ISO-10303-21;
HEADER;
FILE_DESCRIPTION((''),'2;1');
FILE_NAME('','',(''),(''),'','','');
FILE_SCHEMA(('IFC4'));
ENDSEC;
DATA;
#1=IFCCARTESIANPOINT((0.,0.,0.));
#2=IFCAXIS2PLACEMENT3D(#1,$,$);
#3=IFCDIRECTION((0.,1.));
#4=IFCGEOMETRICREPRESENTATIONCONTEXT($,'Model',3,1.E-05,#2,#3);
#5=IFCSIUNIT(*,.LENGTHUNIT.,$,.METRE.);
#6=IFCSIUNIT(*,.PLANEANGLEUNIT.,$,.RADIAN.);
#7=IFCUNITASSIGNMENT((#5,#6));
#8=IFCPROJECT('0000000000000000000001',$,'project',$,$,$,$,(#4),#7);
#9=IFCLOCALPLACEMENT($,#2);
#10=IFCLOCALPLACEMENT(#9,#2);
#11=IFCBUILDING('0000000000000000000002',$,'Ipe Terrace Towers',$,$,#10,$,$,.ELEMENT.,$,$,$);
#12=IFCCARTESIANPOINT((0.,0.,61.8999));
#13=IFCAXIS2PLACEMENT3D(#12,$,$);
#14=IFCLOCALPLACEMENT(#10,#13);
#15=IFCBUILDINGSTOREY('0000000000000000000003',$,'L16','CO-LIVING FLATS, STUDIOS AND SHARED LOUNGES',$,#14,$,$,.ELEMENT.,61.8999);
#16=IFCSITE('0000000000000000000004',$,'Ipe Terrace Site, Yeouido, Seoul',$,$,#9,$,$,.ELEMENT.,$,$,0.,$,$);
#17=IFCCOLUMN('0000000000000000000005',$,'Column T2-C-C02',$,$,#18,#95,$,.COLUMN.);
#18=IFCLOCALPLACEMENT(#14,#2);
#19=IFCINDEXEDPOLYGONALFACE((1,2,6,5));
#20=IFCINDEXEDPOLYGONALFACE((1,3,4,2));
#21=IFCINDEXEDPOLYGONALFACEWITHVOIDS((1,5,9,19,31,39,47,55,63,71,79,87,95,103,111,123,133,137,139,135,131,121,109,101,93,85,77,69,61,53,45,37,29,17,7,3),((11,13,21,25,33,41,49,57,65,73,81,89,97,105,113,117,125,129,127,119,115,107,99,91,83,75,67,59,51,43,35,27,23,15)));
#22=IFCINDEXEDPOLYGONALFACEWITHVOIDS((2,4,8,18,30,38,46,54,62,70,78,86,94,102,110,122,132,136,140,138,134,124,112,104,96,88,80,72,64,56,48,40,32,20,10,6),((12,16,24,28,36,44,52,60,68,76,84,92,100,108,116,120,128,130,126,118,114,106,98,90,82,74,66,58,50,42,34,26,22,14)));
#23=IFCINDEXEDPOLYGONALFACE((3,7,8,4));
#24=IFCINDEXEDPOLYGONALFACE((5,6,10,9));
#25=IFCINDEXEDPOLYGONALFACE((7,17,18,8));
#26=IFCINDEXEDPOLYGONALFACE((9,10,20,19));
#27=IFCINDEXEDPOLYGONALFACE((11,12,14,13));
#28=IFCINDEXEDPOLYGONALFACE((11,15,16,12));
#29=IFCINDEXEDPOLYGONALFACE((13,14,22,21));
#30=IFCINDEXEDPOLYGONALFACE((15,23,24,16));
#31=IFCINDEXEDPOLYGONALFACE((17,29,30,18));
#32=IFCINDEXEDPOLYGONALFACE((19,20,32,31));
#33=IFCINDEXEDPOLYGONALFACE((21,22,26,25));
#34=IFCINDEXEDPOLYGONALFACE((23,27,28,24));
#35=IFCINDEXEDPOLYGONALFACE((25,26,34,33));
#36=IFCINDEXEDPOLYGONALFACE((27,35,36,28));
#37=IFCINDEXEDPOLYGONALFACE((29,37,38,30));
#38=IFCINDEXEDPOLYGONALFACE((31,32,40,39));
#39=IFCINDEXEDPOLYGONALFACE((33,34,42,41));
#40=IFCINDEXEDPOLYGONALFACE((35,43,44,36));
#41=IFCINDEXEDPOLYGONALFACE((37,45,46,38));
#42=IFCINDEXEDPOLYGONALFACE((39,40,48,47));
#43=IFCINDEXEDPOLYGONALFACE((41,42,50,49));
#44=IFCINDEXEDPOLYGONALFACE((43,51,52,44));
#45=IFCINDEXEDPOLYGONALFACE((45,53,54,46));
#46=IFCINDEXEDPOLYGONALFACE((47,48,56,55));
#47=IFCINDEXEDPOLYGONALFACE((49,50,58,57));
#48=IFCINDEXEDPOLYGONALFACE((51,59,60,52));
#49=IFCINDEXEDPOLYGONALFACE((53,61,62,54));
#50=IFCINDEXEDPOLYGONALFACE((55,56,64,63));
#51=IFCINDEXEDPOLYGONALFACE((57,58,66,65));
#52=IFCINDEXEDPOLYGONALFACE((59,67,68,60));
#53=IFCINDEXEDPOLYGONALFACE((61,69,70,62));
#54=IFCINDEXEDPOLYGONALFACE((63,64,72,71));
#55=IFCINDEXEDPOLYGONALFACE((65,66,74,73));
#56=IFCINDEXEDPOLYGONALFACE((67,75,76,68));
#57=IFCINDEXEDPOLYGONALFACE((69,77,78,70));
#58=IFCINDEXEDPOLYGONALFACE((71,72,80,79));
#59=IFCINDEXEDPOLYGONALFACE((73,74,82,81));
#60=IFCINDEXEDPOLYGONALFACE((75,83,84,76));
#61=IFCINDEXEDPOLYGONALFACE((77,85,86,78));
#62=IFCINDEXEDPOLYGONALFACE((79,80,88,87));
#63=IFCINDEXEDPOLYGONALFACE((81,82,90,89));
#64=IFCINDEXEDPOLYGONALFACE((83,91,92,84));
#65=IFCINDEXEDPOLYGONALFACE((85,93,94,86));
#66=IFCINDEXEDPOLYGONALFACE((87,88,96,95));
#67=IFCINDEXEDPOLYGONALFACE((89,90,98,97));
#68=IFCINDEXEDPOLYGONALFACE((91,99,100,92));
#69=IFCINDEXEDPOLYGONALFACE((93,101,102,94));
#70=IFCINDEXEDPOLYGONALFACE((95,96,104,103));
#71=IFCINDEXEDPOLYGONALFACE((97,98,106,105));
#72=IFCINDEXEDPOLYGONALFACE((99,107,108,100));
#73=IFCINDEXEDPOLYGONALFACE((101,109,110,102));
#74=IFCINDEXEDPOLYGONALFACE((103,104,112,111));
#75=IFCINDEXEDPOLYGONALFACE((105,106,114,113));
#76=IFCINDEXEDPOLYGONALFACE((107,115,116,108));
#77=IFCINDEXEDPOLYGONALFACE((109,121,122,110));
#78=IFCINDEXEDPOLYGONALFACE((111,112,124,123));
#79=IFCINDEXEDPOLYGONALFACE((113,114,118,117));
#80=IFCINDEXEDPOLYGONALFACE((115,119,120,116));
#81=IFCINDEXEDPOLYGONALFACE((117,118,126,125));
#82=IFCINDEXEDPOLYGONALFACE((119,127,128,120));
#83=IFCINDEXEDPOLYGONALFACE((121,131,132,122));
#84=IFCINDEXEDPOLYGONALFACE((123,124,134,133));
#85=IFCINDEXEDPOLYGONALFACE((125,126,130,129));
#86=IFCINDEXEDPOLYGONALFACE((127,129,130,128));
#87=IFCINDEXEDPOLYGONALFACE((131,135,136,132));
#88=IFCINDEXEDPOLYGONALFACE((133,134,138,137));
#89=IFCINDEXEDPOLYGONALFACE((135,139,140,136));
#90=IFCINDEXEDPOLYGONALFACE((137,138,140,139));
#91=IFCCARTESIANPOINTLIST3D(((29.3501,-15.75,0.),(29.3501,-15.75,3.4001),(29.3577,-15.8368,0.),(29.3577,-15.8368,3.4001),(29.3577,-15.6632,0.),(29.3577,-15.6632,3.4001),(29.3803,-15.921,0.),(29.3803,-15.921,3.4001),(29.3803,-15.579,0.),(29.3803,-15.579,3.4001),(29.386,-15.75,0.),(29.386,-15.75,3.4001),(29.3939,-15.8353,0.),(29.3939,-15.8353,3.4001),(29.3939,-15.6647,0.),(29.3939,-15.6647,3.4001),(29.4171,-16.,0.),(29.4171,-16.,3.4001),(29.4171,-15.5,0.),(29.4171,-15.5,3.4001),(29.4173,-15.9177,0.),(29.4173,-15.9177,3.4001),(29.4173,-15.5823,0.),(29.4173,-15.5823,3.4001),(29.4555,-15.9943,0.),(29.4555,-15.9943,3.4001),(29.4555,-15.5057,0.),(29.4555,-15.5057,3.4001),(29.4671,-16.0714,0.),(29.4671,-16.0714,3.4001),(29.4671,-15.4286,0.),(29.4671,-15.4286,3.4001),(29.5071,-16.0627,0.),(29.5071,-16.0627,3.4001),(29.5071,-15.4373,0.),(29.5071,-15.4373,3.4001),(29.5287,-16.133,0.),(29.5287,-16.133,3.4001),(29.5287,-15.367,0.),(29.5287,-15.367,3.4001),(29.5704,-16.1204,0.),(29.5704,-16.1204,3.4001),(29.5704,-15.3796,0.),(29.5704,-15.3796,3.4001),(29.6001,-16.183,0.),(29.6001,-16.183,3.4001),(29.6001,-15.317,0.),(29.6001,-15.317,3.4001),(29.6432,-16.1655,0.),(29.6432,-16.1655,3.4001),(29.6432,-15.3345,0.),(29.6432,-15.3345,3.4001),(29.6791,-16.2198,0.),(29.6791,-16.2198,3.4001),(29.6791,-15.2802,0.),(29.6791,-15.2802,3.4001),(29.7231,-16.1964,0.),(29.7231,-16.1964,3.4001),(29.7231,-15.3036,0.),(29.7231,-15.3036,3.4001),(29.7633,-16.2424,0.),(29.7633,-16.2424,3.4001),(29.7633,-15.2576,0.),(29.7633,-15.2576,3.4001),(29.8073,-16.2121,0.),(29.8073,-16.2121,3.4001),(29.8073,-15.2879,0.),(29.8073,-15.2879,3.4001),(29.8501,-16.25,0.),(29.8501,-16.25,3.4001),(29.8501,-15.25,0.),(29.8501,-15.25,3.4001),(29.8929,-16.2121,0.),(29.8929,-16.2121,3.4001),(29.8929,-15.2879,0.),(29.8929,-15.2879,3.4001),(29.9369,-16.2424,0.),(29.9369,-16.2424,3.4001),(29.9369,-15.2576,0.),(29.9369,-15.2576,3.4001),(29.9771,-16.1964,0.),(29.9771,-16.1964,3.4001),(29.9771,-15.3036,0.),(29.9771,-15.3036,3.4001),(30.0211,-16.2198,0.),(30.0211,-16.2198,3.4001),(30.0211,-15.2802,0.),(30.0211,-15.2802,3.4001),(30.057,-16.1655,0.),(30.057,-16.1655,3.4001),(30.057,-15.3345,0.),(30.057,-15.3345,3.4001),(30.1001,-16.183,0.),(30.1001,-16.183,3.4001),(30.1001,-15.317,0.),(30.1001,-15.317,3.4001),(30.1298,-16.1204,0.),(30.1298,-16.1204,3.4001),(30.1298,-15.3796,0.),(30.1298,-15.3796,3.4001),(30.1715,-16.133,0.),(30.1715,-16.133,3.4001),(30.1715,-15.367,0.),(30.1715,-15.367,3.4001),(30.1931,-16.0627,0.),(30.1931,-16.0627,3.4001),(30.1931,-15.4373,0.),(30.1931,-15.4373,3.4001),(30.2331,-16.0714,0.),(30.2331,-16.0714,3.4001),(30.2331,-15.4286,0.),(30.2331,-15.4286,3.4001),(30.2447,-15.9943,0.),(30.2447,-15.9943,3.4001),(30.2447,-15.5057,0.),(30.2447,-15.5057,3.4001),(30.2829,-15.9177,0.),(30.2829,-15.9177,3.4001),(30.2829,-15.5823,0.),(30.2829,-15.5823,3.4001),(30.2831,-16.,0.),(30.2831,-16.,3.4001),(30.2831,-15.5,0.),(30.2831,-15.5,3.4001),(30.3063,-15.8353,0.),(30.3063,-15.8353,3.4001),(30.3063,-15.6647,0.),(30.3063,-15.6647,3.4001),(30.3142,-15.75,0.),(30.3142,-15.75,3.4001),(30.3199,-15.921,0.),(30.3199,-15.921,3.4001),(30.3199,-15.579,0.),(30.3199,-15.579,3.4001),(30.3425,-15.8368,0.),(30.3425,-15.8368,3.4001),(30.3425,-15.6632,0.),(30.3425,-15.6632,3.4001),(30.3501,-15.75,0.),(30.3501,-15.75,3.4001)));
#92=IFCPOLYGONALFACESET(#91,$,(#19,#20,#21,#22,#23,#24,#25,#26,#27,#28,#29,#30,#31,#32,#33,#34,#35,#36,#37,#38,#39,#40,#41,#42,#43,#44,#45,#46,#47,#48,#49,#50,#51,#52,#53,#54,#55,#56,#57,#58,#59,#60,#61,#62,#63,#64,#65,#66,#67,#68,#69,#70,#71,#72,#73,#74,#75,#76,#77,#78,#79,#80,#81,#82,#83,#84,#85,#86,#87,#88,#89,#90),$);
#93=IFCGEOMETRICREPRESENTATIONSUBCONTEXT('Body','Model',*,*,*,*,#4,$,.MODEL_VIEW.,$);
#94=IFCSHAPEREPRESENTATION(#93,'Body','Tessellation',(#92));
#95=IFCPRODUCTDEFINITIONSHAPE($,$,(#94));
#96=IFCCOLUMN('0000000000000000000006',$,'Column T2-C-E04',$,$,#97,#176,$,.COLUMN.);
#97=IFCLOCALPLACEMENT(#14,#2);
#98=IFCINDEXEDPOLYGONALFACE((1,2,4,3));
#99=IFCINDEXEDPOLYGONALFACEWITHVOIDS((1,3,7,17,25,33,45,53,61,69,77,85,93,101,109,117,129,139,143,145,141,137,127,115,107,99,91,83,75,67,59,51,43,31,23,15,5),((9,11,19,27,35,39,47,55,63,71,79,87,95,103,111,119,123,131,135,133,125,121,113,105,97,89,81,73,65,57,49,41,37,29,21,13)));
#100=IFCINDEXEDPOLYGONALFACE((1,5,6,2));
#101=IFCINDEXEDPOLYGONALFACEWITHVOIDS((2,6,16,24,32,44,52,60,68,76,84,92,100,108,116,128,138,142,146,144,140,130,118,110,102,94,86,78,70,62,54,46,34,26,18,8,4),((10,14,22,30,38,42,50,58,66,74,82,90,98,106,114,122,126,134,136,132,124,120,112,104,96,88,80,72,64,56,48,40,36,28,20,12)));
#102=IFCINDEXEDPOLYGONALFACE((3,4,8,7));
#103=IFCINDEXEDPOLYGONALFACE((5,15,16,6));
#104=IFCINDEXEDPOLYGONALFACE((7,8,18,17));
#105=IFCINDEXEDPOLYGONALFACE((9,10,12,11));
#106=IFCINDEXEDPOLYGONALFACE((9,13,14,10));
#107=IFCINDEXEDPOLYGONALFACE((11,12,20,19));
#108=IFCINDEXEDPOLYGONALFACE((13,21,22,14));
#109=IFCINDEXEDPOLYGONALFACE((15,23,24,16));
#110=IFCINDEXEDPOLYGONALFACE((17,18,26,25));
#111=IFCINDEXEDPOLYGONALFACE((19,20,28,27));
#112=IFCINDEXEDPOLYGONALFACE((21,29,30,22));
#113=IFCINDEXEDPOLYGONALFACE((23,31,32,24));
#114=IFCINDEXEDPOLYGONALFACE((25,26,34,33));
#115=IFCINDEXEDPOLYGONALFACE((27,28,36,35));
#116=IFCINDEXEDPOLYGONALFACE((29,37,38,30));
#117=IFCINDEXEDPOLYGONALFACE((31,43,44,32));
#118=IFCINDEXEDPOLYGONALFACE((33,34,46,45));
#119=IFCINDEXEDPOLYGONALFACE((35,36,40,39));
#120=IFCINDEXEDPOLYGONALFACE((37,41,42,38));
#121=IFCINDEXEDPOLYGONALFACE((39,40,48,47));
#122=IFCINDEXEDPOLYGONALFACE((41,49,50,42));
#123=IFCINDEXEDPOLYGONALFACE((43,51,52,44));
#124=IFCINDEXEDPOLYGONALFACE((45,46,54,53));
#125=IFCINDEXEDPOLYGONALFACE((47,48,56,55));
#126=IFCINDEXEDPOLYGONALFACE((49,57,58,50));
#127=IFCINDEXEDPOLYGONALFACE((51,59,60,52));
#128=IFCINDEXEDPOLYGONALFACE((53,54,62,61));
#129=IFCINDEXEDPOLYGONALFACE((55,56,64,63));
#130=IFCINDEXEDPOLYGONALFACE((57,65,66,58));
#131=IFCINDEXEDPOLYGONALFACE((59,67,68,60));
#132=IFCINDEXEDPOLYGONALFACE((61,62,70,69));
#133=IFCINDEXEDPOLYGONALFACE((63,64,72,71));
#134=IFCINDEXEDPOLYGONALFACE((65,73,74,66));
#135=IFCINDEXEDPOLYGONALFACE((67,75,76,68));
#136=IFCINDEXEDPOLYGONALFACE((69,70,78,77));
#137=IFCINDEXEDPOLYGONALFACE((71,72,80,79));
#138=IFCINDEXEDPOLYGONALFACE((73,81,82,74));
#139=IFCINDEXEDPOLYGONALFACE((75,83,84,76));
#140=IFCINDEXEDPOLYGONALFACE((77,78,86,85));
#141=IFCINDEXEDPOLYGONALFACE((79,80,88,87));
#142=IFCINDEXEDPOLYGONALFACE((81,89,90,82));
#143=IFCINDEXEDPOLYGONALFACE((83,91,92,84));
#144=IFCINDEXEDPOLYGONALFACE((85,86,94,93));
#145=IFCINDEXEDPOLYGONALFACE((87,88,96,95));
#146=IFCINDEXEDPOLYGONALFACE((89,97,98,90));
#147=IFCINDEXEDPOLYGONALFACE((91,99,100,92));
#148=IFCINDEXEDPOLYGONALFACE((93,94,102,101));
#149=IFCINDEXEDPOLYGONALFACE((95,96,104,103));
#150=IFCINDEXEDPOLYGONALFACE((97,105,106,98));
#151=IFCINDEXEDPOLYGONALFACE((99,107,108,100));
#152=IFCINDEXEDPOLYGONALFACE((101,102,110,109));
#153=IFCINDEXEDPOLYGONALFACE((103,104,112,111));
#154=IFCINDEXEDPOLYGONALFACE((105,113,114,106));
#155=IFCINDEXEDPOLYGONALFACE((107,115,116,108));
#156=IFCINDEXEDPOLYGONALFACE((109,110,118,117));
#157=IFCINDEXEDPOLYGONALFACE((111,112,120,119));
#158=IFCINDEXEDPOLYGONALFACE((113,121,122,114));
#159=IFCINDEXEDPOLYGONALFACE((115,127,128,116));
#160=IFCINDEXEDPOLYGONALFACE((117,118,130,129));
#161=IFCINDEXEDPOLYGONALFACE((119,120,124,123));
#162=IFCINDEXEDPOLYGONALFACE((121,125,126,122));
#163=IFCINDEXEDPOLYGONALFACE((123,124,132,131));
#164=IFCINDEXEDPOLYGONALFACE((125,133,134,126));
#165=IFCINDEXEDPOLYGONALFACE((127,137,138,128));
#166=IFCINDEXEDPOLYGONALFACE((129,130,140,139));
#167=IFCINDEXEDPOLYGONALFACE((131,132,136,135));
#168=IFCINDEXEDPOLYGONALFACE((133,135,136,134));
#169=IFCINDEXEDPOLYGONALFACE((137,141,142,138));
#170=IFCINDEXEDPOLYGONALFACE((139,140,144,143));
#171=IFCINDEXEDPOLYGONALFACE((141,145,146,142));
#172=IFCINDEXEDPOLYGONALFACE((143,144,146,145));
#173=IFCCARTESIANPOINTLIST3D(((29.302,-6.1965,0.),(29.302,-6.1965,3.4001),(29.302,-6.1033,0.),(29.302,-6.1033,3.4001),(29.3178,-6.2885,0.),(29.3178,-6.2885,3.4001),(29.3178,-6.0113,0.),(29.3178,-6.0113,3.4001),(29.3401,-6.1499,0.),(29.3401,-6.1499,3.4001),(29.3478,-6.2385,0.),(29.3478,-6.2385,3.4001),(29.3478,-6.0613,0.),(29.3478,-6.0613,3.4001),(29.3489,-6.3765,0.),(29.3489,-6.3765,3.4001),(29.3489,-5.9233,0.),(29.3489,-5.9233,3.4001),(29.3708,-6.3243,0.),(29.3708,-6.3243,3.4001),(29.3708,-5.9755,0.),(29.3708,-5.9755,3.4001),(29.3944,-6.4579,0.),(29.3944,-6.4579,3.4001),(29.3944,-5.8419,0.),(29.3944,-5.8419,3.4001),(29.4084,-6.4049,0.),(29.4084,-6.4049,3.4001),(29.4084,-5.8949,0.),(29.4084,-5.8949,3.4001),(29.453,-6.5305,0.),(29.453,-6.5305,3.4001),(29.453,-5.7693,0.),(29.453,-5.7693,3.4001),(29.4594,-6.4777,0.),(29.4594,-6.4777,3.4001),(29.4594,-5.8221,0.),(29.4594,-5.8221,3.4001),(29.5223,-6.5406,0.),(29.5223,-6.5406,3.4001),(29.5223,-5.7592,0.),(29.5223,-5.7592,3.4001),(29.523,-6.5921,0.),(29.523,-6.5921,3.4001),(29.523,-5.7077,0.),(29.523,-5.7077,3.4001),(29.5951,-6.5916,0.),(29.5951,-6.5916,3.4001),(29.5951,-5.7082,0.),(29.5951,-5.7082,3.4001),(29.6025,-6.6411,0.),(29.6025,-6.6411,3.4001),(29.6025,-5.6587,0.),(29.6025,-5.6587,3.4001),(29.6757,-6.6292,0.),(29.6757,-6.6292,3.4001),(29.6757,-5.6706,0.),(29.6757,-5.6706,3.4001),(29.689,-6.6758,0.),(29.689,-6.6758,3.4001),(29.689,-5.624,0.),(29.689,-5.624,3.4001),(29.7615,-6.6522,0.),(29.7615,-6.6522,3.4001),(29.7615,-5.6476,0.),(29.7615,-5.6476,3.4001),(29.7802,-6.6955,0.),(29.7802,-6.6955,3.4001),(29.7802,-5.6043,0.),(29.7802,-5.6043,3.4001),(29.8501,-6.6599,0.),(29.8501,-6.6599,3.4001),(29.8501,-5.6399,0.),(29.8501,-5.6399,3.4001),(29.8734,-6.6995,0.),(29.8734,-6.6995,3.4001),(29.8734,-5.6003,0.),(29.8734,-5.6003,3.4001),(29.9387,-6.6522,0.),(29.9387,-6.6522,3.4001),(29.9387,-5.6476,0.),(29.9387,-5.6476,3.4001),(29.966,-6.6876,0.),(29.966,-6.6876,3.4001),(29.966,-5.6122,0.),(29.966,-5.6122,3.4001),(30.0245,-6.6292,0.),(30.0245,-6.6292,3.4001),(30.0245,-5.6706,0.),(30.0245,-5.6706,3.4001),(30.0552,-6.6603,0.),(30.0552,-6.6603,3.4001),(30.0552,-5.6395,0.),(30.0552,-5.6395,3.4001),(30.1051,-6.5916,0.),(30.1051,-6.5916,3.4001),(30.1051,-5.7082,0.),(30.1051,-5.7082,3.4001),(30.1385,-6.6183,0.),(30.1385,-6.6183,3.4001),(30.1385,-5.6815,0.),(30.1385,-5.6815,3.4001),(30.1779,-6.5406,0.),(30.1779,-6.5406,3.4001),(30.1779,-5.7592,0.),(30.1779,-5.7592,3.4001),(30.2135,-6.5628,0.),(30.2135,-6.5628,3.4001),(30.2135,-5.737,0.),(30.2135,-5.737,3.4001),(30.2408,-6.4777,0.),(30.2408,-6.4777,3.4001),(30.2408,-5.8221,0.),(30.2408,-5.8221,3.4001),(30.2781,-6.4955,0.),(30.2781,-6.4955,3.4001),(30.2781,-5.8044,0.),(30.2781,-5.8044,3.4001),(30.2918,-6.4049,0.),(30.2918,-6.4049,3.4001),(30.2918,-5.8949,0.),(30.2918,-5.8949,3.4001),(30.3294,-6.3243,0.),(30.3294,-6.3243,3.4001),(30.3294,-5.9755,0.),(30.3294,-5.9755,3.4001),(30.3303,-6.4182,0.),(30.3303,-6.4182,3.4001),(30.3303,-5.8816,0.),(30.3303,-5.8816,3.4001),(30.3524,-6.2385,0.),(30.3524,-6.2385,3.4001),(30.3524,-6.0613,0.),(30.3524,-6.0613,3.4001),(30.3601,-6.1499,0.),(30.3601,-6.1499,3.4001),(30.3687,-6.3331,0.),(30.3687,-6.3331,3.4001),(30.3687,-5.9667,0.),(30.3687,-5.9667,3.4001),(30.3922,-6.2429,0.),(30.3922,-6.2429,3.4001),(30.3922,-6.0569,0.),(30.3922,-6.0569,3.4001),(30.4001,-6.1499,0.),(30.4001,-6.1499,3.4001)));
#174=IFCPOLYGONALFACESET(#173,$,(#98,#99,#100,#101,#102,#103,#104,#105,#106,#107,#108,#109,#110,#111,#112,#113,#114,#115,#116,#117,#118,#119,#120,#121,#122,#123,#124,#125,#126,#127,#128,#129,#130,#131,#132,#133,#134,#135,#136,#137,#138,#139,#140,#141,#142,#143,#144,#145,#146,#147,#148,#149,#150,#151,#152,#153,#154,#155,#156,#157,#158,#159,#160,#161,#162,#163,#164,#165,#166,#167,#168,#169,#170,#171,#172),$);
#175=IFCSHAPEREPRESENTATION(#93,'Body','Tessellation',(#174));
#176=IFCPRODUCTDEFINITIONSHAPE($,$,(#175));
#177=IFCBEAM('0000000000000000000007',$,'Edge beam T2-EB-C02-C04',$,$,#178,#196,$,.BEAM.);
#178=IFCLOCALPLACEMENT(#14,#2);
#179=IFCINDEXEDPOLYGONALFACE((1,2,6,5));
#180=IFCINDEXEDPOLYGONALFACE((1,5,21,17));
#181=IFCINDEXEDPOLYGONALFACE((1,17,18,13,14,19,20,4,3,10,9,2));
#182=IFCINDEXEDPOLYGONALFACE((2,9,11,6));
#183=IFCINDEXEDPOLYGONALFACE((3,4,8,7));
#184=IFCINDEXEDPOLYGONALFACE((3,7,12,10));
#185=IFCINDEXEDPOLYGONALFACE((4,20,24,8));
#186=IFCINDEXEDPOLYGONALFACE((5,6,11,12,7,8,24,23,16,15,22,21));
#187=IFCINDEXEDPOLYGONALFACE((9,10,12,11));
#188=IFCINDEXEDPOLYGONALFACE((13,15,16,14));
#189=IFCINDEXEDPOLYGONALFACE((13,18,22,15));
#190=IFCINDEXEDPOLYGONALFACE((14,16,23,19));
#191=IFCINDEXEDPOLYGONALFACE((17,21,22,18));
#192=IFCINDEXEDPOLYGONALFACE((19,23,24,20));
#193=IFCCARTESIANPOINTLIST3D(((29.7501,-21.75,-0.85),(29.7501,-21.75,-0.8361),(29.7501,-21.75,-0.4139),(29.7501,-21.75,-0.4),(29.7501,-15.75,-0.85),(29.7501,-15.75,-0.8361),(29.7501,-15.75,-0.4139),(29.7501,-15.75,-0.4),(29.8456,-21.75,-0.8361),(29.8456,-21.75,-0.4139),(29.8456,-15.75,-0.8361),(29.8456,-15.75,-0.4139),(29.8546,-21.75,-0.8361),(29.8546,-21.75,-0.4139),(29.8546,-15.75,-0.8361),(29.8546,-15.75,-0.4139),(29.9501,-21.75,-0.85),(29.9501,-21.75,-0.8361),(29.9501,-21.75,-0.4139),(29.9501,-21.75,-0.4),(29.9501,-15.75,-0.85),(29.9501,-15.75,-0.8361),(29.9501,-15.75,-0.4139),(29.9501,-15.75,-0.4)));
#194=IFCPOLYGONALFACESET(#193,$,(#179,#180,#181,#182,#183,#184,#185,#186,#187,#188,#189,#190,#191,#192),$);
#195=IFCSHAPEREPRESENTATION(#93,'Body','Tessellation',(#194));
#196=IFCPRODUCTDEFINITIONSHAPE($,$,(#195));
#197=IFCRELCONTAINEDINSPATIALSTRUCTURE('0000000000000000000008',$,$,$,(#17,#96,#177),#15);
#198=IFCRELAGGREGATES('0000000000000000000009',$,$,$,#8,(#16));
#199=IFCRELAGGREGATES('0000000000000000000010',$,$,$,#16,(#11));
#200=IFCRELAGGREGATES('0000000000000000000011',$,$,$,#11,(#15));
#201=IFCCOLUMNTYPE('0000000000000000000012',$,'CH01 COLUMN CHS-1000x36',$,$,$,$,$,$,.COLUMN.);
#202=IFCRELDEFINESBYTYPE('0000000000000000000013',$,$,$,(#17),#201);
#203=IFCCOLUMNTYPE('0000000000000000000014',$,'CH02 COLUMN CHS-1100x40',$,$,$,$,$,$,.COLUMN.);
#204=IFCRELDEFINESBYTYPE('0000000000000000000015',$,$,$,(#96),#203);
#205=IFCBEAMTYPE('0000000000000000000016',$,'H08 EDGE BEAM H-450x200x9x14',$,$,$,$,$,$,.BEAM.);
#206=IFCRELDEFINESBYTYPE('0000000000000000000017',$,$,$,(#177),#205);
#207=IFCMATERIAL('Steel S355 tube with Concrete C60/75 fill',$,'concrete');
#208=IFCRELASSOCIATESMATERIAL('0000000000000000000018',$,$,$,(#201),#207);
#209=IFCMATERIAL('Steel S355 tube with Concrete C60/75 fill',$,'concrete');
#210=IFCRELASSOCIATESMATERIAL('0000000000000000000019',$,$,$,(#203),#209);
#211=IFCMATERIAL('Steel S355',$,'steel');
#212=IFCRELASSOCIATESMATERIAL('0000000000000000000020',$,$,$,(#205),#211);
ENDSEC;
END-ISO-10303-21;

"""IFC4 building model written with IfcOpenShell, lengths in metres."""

from ifc_helpers import new_model, si_unit, direction, frame, origin, origin_2d, place, context, subcontext, project, spatial, hollow_circle, i_section, extrude, material, material_profile, profile_set, type_object, element, save


model = new_model("IFC4")

# Units and contexts
model_context = context("Model", 3, precision=1e-05, world=origin(), true_north=direction((0.0, 1.0)))
body_context = subcontext(model_context, "Body", "Model", "MODEL_VIEW")
ifc_project = project(units=[si_unit("LENGTHUNIT", "METRE"), si_unit("PLANEANGLEUNIT", "RADIAN")], contexts=[model_context])

# Site, building, storey
site_placement = place(None, origin())
site = spatial("IfcSite", under=ifc_project, at=site_placement, Name="Ipe Terrace Site, Yeouido, Seoul", CompositionType="ELEMENT", RefElevation=0.0)
building_placement = place(site_placement, origin())
building = spatial("IfcBuilding", under=site, at=building_placement, Name="Ipe Terrace Towers", CompositionType="ELEMENT")
storey_placement = place(building_placement, frame((0.0, 0.0, 61.8999)))
storey = spatial("IfcBuildingStorey", under=building, at=storey_placement, Name="L16", Description="CO-LIVING FLATS, STUDIOS AND SHARED LOUNGES", CompositionType="ELEMENT", Elevation=61.8999)

# Columns
ifc_material_1 = material(Name="Steel S355 tube with Concrete C60/75 fill", Category="concrete")
ifc_material_profile_1 = material_profile(ifc_material_1, hollow_circle(Radius=0.5, WallThickness=0.0359, at=origin_2d()), Name="CHS-1000x36")
ifc_profile_set_1 = profile_set([ifc_material_profile_1], Name="Steel S355 tube with Concrete C60/75 fill")
column_type_1 = type_object("IfcColumnType", Name="CH01 COLUMN CHS-1000x36", PredefinedType="COLUMN", material=ifc_profile_set_1)
column_1_placement = place(storey_placement, frame((29.8501, -15.75, 0.0), z_axis=(0.0, 0.0, 1.0), x_axis=(1.0, 0.0, 0.0)))
element("IfcColumn", 1, at=column_1_placement, inside=storey, type_object=column_type_1, Name="Column T2-C-C02", PredefinedType="COLUMN", context=body_context, shape_type="SweptSolid", body=[
    extrude(hollow_circle(Radius=0.5, WallThickness=0.0359, at=origin_2d()), origin(), (0.0, 0.0, 1.0), 3.4001),
])
ifc_material_2 = material(Name="Steel S355 tube with Concrete C60/75 fill", Category="concrete")
ifc_material_profile_2 = material_profile(ifc_material_2, hollow_circle(Radius=0.55, WallThickness=0.04, at=origin_2d()), Name="CHS-1100x40")
ifc_profile_set_2 = profile_set([ifc_material_profile_2], Name="Steel S355 tube with Concrete C60/75 fill")
column_type_2 = type_object("IfcColumnType", Name="CH02 COLUMN CHS-1100x40", PredefinedType="COLUMN", material=ifc_profile_set_2)
column_2_placement = place(storey_placement, frame((29.8501, -6.1499, 0.0), z_axis=(0.0, 0.0, 1.0), x_axis=(1.0, 0.0, 0.0)))
element("IfcColumn", 2, at=column_2_placement, inside=storey, type_object=column_type_2, Name="Column T2-C-E04", PredefinedType="COLUMN", context=body_context, shape_type="SweptSolid", body=[
    extrude(hollow_circle(Radius=0.55, WallThickness=0.04, at=origin_2d()), origin(), (0.0, 0.0, 1.0), 3.4001),
])

# Beam
ifc_material_3 = material(Name="Steel S355", Category="steel")
ifc_material_profile_3 = material_profile(ifc_material_3, i_section(OverallWidth=0.2, OverallDepth=0.45, WebThickness=0.009, FlangeThickness=0.0139, at=origin_2d()), Name="H-450x200x9x14")
ifc_profile_set_3 = profile_set([ifc_material_profile_3], Name="Steel S355")
beam_type = type_object("IfcBeamType", Name="H08 EDGE BEAM H-450x200x9x14", PredefinedType="BEAM", material=ifc_profile_set_3)
beam_placement = place(storey_placement, frame((29.8501, -15.75, -0.625), z_axis=(0.0, -1.0, 0.0), x_axis=(1.0, 0.0, 0.0)))
element("IfcBeam", 3, at=beam_placement, inside=storey, type_object=beam_type, Name="Edge beam T2-EB-C02-C04", PredefinedType="BEAM", context=body_context, shape_type="SweptSolid", body=[
    extrude(i_section(OverallWidth=0.2, OverallDepth=0.45, WebThickness=0.009, FlangeThickness=0.0139, at=origin_2d()), origin(), (0.0, 0.0, 1.0), 6.0),
])

save(model, "model.ifc")
